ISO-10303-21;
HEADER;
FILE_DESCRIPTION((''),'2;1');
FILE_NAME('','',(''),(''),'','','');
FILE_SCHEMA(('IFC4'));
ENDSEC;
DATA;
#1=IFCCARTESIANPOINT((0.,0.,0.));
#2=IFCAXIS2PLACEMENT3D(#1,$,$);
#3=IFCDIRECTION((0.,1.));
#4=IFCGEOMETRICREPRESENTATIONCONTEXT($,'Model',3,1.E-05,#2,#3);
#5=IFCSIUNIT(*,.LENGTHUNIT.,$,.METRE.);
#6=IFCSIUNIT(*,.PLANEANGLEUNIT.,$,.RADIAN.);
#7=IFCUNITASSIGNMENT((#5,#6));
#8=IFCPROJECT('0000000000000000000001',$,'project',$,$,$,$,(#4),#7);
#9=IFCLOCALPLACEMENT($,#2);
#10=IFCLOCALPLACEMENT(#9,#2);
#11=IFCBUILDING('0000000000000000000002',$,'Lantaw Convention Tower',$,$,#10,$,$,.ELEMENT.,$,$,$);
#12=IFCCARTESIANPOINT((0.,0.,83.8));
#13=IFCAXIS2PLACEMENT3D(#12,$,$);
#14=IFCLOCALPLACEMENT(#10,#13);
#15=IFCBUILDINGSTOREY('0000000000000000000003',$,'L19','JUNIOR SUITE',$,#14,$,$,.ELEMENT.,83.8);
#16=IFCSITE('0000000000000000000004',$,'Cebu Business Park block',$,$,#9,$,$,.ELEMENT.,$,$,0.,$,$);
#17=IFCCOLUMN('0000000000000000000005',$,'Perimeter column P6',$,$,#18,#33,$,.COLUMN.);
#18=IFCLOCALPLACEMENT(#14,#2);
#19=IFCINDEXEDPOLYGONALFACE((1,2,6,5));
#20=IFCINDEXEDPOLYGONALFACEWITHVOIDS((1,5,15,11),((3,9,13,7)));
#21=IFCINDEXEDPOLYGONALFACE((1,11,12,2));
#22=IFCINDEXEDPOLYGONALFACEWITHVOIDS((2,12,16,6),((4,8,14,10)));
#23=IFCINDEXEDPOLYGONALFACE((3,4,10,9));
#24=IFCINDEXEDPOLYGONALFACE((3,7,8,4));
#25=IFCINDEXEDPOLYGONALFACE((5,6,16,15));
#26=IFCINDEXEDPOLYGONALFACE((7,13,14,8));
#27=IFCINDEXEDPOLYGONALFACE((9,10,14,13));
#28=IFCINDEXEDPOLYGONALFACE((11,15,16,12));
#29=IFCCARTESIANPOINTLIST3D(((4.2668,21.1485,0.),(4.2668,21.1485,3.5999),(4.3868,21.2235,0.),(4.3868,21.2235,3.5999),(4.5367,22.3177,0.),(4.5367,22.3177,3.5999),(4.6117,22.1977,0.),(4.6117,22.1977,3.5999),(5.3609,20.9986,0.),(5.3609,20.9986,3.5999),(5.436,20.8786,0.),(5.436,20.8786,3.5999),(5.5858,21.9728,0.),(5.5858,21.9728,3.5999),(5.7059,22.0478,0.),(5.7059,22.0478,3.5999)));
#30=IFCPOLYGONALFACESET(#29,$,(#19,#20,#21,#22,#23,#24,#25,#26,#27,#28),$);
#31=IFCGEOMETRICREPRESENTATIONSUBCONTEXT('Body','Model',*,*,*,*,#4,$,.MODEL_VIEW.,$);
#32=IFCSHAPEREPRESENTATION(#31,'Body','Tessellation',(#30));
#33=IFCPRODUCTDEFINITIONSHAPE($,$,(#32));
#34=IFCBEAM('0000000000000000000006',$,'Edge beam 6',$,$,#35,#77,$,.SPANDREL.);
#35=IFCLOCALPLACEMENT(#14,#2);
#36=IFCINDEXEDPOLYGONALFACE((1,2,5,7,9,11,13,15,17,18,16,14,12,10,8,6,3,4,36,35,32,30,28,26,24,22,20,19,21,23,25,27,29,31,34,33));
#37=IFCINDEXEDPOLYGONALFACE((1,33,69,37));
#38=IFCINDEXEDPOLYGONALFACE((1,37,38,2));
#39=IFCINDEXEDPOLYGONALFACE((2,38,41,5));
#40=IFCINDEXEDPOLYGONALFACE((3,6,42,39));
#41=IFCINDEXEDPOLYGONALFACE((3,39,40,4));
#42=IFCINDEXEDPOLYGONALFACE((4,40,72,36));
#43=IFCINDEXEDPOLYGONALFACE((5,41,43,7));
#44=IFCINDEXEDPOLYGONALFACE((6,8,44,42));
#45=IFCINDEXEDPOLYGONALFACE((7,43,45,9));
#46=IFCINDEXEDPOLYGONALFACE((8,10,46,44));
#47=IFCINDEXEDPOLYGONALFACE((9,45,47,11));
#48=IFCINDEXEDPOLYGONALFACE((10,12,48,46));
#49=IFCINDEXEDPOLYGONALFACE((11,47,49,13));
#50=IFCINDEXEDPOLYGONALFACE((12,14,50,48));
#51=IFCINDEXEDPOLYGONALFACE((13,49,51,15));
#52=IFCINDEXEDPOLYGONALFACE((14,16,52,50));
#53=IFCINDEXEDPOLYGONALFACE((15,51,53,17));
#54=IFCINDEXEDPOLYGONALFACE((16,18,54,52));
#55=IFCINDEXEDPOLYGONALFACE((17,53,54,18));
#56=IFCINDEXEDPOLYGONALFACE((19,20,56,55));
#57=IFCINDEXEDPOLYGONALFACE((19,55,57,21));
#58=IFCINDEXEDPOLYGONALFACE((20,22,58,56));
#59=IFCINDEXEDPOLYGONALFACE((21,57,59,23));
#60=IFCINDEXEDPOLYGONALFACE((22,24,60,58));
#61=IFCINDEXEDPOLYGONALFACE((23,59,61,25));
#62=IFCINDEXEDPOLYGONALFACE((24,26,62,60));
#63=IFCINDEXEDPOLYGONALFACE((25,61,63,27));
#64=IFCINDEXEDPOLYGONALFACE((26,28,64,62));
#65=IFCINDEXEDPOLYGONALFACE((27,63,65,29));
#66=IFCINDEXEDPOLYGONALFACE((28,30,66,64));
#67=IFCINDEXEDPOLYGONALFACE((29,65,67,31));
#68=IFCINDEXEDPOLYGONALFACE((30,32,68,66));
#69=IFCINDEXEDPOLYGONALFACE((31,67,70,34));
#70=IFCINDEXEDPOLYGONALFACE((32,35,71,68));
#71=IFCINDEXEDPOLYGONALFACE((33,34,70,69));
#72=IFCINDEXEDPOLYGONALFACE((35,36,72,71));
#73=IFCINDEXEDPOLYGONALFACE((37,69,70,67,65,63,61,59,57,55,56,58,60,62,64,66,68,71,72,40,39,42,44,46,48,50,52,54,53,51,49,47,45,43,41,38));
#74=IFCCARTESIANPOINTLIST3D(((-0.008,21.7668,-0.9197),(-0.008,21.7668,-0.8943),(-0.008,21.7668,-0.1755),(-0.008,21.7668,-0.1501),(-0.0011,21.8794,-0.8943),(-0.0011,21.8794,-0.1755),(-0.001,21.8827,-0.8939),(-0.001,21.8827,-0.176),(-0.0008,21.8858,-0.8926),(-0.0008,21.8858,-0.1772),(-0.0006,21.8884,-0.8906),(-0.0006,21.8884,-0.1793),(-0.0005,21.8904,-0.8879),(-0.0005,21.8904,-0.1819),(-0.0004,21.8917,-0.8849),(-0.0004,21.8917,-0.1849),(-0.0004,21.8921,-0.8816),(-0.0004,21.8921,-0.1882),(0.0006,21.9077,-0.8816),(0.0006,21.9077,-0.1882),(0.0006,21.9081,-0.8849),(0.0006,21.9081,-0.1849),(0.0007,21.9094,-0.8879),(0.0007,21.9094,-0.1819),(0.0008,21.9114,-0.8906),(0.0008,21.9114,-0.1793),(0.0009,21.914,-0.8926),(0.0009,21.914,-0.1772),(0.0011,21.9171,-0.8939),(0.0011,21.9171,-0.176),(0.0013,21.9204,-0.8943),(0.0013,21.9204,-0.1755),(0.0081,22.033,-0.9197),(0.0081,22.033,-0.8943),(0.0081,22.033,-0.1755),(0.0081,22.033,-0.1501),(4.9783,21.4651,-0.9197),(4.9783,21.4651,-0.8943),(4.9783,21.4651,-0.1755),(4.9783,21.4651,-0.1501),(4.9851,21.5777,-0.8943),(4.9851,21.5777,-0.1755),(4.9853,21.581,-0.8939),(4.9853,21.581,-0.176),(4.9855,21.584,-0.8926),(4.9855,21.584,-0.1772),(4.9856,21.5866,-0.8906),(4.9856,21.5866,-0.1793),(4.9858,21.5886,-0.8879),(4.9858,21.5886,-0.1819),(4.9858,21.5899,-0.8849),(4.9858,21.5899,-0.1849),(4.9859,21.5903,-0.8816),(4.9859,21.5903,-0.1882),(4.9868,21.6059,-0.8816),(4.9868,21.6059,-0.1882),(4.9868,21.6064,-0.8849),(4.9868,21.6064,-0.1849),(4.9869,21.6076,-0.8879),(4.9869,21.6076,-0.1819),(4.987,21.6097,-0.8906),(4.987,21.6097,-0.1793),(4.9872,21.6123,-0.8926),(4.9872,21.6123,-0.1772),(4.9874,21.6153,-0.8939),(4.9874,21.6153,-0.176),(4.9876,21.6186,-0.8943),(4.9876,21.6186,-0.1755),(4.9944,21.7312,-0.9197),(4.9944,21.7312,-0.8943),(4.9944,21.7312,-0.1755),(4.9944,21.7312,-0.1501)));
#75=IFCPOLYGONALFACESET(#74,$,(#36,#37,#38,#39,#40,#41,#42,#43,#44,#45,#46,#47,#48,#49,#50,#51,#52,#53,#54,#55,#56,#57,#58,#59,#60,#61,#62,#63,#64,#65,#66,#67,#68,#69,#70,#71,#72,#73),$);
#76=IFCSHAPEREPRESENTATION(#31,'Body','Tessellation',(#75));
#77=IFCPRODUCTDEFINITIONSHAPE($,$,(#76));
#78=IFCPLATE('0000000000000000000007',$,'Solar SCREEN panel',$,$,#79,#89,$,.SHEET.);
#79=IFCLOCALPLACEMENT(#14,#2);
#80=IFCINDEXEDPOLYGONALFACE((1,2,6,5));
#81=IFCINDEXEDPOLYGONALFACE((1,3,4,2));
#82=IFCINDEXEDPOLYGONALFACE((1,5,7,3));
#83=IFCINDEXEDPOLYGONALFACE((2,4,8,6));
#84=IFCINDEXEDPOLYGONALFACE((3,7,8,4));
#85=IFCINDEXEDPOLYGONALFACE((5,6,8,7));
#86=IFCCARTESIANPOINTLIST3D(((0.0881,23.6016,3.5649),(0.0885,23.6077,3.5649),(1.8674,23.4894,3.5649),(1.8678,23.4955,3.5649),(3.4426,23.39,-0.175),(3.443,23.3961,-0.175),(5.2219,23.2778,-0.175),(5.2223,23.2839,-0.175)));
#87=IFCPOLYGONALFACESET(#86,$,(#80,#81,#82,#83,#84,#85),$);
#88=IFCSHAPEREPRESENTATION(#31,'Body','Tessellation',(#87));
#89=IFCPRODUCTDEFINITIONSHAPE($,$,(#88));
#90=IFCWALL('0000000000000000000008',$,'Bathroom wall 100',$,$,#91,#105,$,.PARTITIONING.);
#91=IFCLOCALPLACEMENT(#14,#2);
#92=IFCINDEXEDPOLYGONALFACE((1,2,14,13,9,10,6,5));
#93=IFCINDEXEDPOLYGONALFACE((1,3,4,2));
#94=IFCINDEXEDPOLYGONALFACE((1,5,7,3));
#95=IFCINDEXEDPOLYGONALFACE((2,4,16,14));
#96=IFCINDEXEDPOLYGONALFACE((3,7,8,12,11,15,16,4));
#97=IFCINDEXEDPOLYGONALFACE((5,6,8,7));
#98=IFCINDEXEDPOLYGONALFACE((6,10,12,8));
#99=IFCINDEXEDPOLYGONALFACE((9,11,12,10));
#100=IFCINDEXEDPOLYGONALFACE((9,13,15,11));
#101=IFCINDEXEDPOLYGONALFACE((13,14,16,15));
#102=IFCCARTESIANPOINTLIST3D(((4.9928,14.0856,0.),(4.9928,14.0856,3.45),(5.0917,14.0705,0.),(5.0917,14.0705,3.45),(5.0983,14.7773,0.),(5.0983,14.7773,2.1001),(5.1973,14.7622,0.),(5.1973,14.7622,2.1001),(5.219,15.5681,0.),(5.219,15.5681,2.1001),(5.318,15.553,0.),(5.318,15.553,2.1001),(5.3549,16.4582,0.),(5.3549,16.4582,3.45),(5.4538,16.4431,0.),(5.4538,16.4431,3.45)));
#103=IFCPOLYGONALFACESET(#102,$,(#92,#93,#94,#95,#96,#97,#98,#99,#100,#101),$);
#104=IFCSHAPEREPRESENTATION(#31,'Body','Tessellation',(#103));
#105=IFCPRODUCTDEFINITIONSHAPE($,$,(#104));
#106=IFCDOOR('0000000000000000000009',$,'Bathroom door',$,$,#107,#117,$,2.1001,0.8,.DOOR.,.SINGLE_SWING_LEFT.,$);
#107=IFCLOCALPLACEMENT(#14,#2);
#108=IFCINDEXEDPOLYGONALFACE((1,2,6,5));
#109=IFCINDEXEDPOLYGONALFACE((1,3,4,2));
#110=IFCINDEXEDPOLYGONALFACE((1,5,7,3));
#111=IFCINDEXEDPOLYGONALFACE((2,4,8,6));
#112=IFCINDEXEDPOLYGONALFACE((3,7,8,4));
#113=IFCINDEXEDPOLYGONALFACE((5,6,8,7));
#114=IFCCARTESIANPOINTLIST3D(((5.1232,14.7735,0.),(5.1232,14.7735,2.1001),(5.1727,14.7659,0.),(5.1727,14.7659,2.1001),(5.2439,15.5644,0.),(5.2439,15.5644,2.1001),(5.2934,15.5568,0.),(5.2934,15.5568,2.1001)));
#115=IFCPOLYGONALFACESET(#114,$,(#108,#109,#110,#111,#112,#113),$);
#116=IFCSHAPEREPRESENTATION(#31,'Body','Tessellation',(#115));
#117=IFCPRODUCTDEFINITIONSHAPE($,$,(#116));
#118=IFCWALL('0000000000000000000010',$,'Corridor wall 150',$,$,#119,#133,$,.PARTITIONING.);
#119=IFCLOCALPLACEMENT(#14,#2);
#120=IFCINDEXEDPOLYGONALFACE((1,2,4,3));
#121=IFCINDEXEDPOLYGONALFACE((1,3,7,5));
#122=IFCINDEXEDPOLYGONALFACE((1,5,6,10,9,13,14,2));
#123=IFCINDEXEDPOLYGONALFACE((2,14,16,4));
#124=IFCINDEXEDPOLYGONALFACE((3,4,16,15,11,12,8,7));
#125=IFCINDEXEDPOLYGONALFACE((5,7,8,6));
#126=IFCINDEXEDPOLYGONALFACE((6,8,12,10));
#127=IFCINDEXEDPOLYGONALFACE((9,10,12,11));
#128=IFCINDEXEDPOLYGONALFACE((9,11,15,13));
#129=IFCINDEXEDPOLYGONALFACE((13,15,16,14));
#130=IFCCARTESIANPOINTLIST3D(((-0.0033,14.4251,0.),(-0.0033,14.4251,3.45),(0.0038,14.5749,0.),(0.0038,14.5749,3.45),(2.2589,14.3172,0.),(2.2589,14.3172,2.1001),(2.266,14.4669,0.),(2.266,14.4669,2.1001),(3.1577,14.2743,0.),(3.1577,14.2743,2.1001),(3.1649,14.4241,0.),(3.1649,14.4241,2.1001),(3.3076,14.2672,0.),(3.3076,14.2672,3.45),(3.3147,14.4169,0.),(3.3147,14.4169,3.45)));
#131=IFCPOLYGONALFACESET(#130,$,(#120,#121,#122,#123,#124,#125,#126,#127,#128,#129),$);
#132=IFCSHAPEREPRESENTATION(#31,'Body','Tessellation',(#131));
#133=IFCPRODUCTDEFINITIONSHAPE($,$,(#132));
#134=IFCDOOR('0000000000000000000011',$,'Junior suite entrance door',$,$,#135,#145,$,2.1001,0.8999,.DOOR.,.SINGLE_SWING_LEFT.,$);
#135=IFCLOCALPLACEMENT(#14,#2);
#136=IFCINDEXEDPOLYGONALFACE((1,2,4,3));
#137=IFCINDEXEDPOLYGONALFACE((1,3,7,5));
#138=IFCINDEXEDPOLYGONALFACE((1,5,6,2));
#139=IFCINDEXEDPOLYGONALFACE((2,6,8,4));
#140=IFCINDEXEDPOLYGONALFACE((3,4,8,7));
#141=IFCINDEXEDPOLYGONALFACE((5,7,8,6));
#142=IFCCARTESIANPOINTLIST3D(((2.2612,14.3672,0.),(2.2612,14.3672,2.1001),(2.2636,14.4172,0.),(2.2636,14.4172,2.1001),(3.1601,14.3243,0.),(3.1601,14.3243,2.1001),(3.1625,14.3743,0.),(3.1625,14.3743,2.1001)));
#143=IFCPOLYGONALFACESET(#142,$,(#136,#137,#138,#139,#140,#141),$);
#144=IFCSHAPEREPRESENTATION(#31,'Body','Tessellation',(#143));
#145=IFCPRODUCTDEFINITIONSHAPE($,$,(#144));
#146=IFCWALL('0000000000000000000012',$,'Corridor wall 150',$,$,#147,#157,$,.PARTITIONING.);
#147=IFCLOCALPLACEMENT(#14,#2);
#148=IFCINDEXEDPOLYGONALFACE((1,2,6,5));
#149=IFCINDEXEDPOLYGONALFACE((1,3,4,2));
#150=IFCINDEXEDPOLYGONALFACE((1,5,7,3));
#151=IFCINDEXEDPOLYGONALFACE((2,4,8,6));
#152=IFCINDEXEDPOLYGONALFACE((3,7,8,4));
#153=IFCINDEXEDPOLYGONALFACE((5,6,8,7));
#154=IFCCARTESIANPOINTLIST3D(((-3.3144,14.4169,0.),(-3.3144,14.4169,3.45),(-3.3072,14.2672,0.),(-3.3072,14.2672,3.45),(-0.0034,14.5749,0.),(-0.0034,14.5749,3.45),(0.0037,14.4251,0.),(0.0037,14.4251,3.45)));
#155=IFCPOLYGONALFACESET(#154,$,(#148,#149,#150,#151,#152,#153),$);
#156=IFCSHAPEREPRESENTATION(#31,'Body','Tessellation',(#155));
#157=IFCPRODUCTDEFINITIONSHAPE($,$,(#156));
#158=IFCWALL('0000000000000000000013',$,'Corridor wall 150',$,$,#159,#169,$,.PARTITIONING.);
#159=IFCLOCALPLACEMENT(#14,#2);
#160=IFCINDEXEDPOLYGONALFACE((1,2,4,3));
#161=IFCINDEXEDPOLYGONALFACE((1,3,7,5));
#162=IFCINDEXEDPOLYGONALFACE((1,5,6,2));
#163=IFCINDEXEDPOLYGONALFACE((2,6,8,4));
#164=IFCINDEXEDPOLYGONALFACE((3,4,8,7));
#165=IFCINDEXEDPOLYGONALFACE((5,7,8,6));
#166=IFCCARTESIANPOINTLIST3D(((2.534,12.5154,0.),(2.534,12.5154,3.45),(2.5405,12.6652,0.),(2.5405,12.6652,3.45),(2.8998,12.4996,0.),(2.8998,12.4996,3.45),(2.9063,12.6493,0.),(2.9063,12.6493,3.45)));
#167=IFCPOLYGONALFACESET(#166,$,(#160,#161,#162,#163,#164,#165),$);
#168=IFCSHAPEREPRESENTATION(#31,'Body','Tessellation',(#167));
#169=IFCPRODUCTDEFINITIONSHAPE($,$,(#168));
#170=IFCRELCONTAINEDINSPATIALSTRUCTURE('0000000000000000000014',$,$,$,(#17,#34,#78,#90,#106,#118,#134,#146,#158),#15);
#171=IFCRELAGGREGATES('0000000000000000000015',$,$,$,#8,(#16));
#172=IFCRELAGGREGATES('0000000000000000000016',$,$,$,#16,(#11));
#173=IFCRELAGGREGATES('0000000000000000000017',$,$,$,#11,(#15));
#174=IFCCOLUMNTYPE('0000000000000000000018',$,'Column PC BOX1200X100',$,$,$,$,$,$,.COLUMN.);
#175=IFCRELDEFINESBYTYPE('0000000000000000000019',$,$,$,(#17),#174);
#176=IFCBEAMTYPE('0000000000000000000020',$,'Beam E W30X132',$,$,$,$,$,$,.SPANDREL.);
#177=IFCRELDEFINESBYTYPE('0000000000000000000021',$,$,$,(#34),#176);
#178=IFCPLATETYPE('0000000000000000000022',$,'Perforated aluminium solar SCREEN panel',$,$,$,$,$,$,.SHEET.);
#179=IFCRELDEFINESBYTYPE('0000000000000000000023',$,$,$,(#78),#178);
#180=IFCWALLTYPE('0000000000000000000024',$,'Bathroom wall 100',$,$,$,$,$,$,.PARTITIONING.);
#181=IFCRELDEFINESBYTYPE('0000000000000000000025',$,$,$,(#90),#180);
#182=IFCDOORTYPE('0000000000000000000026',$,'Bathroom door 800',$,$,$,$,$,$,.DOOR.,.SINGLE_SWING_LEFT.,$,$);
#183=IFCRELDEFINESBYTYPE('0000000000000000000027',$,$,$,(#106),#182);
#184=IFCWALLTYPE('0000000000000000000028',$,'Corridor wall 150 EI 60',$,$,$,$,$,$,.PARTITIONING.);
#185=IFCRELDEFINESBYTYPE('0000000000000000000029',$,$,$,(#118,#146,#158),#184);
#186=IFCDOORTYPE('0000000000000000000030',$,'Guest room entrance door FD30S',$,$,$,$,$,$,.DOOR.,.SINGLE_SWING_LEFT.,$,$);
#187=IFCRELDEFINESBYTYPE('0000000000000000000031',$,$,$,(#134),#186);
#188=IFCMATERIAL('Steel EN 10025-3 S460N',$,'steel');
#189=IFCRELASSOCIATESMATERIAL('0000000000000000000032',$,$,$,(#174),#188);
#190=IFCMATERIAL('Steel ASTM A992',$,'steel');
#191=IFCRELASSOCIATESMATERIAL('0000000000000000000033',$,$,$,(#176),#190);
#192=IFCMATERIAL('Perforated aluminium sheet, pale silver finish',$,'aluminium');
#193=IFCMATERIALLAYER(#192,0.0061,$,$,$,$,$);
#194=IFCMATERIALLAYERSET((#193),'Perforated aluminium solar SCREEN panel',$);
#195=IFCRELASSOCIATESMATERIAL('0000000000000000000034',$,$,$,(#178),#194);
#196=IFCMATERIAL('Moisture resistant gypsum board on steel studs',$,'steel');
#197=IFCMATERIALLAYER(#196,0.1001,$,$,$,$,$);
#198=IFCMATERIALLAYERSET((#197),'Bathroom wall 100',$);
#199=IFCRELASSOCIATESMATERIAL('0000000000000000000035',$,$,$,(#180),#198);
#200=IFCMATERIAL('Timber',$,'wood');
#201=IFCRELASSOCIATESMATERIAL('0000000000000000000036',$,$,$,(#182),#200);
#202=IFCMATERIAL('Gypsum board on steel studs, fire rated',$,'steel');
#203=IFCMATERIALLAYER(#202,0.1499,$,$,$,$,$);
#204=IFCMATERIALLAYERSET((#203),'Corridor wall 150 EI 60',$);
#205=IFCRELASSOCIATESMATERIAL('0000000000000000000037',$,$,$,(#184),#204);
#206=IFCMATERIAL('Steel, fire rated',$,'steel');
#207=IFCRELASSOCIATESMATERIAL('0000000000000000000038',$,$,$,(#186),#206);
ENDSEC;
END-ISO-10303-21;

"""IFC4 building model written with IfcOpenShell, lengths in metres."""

from ifc_helpers import new_model, si_unit, direction, frame, frame_2d, origin, origin_2d, place, context, subcontext, project, spatial, polyline, rectangle, hollow_rectangle, i_section, outline, extrude, material, layer, layer_set, material_profile, profile_set, type_object, element, fill, save


model = new_model("IFC4")

# Units and contexts
model_context = context("Model", 3, precision=1e-05, world=origin(), true_north=direction((0.0, 1.0)))
body_context = subcontext(model_context, "Body", "Model", "MODEL_VIEW")
ifc_project = project(units=[si_unit("LENGTHUNIT", "METRE"), si_unit("PLANEANGLEUNIT", "RADIAN")], contexts=[model_context])

# Site, building, storey
site_placement = place(None, origin())
site = spatial("IfcSite", under=ifc_project, at=site_placement, Name="Cebu Business Park block", CompositionType="ELEMENT", RefElevation=0.0)
building_placement = place(site_placement, origin())
building = spatial("IfcBuilding", under=site, at=building_placement, Name="Lantaw Convention Tower", CompositionType="ELEMENT")
storey_placement = place(building_placement, frame((0.0, 0.0, 83.8)))
storey = spatial("IfcBuildingStorey", under=building, at=storey_placement, Name="L19", Description="JUNIOR SUITE", CompositionType="ELEMENT", Elevation=83.8)

# Column
ifc_material_1 = material(Name="Steel EN 10025-3 S460N", Category="steel")
ifc_material_profile_1 = material_profile(ifc_material_1, hollow_rectangle(XDim=1.2, YDim=1.2, WallThickness=0.1001, at=origin_2d()), Name="BOX1200X100")
ifc_material_2 = material(Name="Concrete C60/75", Category="concrete")
ifc_material_profile_2 = material_profile(ifc_material_2, rectangle(XDim=1.0, YDim=1.0, at=origin_2d()), Name="Concrete fill of BOX1200X100")
ifc_profile_set_1 = profile_set([ifc_material_profile_1, ifc_material_profile_2], Name="Steel EN 10025-3 S460N")
column_type = type_object("IfcColumnType", Name="Column PC BOX1200X100", PredefinedType="COLUMN", material=ifc_profile_set_1)
column_placement = place(storey_placement, frame((4.9863, 21.5981, 0.0), z_axis=(0.0, 0.0, 1.0), x_axis=(0.224951, 0.97437, 0.0)))
element("IfcColumn", 1, at=column_placement, inside=storey, type_object=column_type, Name="Perimeter column P6", PredefinedType="COLUMN", context=body_context, shape_type="SweptSolid", body=[
    extrude(hollow_rectangle(XDim=1.2, YDim=1.2, WallThickness=0.1001, at=origin_2d()), origin(), (0.0, 0.0, 1.0), 3.5999),
])

# Beam
ifc_material_3 = material(Name="Steel ASTM A992", Category="steel")
ifc_material_profile_3 = material_profile(ifc_material_3, i_section(OverallWidth=0.2666, OverallDepth=0.7695, WebThickness=0.0156, FlangeThickness=0.0254, FilletRadius=0.0127, at=origin_2d()), Name="W30X132")
ifc_profile_set_2 = profile_set([ifc_material_profile_3], Name="Steel ASTM A992")
beam_type = type_object("IfcBeamType", Name="Beam E W30X132", PredefinedType="SPANDREL", material=ifc_profile_set_2)
beam_placement = place(storey_placement, frame((4.9863, 21.5981, -0.5349), z_axis=(-0.998174, 0.060407, 0.0), x_axis=(-0.060407, -0.998174, 0.0)))
element("IfcBeam", 2, at=beam_placement, inside=storey, type_object=beam_type, Name="Edge beam 6", PredefinedType="SPANDREL", context=body_context, shape_type="SweptSolid", body=[
    extrude(i_section(OverallWidth=0.2666, OverallDepth=0.7695, WebThickness=0.0156, FlangeThickness=0.0254, FilletRadius=0.0127, at=origin_2d()), origin(), (0.0, 0.0, 1.0), 4.9954),
])

# Plate
ifc_material_4 = material(Name="Perforated aluminium sheet, pale silver finish", Category="aluminium")
ifc_layer_1 = layer(ifc_material_4, 0.0061)
ifc_layer_set_1 = layer_set([ifc_layer_1], Name="Perforated aluminium solar SCREEN panel")
plate_type = type_object("IfcPlateType", Name="Perforated aluminium solar SCREEN panel", PredefinedType="SHEET", material=ifc_layer_set_1)
plate_placement = place(storey_placement, frame((5.2219, 23.2778, -0.175), z_axis=(-0.062924, -0.998018, 0.000014), x_axis=(-0.998018, 0.062924, 0.0)))
element("IfcPlate", 3, at=plate_placement, inside=storey, type_object=plate_type, Name="Solar SCREEN panel", PredefinedType="SHEET", context=body_context, shape_type="SweptSolid", body=[
    extrude(outline(polyline([(0.0, 0.0), (1.7828, 0.0), (5.144, -3.74), (3.3612, -3.74), (0.0, 0.0)])), origin(), (0.0, 0.0, -1.0), 0.0061),
])

# Walls, openings, doors
ifc_material_5 = material(Name="Moisture resistant gypsum board on steel studs", Category="steel")
ifc_layer_2 = layer(ifc_material_5, 0.1001)
ifc_layer_set_2 = layer_set([ifc_layer_2], Name="Bathroom wall 100")
wall_type_1 = type_object("IfcWallType", Name="Bathroom wall 100", PredefinedType="PARTITIONING", material=ifc_layer_set_2)
wall_1_placement = place(storey_placement, frame((5.0422, 14.0779, 0.0), z_axis=(0.0, 0.0, 1.0), x_axis=(0.150857, 0.988556, 0.0)))
wall_1 = element("IfcWall", 4, at=wall_1_placement, inside=storey, type_object=wall_type_1, Name="Bathroom wall 100", PredefinedType="PARTITIONING", context=body_context, shape_type="SweptSolid", body=[
    extrude(rectangle(XDim=2.4001, YDim=0.1001, at=frame_2d((1.2002, 0.0))), origin(), (0.0, 0.0, 1.0), 3.45),
])
opening_1_placement = place(wall_1_placement, frame((0.7, 0.0, 0.0)))
opening_1 = element("IfcOpeningElement", 5, at=opening_1_placement, cuts=wall_1, PredefinedType="OPENING", context=body_context, shape_type="SweptSolid", body=[
    extrude(rectangle(XDim=0.8, YDim=2.1001, at=frame_2d((0.3999, 1.05))), frame((0.0, 0.0601, 0.0), z_axis=(0.0, -1.0, 0.0), x_axis=(1.0, 0.0, 0.0)), (0.0, 0.0, 1.0), 0.1201),
])
ifc_material_6 = material(Name="Timber", Category="wood")
door_type_1 = type_object("IfcDoorType", Name="Bathroom door 800", OperationType="SINGLE_SWING_LEFT", PredefinedType="DOOR", material=ifc_material_6)
door_1_placement = place(opening_1_placement, origin())
door_1 = element("IfcDoor", 6, at=door_1_placement, inside=storey, type_object=door_type_1, Name="Bathroom door", OperationType="SINGLE_SWING_LEFT", OverallHeight=2.1001, OverallWidth=0.8, PredefinedType="DOOR", context=body_context, shape_type="SweptSolid", body=[
    extrude(rectangle(XDim=0.8, YDim=2.1001, at=frame_2d((0.3999, 1.05))), frame((0.0, 0.0249, 0.0), z_axis=(0.0, -1.0, 0.0), x_axis=(1.0, 0.0, 0.0)), (0.0, 0.0, 1.0), 0.05),
])
fill(opening_1, door_1)
ifc_material_7 = material(Name="Gypsum board on steel studs, fire rated", Category="steel")
ifc_layer_3 = layer(ifc_material_7, 0.1499)
ifc_layer_set_3 = layer_set([ifc_layer_3], Name="Corridor wall 150 EI 60")
wall_type_2 = type_object("IfcWallType", Name="Corridor wall 150 EI 60", PredefinedType="PARTITIONING", material=ifc_layer_set_3)
wall_2_placement = place(storey_placement, frame((3.311, 14.342, 0.0), z_axis=(0.0, 0.0, 1.0), x_axis=(-0.998864, 0.047653, 0.0)))
wall_2 = element("IfcWall", 7, at=wall_2_placement, inside=storey, type_object=wall_type_2, Name="Corridor wall 150", PredefinedType="PARTITIONING", context=body_context, shape_type="SweptSolid", body=[
    extrude(rectangle(XDim=3.3147, YDim=0.1499, at=frame_2d((1.6572, 0.0))), origin(), (0.0, 0.0, 1.0), 3.45),
])
opening_2_placement = place(wall_2_placement, frame((0.1499, 0.0, 0.0)))
opening_2 = element("IfcOpeningElement", 8, at=opening_2_placement, cuts=wall_2, PredefinedType="OPENING", context=body_context, shape_type="SweptSolid", body=[
    extrude(rectangle(XDim=0.8999, YDim=2.1001, at=frame_2d((0.45, 1.05))), frame((0.0, 0.085, 0.0), z_axis=(0.0, -1.0, 0.0), x_axis=(1.0, 0.0, 0.0)), (0.0, 0.0, 1.0), 0.1699),
])
ifc_material_8 = material(Name="Steel, fire rated", Category="steel")
door_type_2 = type_object("IfcDoorType", Name="Guest room entrance door FD30S", OperationType="SINGLE_SWING_LEFT", PredefinedType="DOOR", material=ifc_material_8)
door_2_placement = place(opening_2_placement, origin())
door_2 = element("IfcDoor", 9, at=door_2_placement, inside=storey, type_object=door_type_2, Name="Junior suite entrance door", OperationType="SINGLE_SWING_LEFT", OverallHeight=2.1001, OverallWidth=0.8999, PredefinedType="DOOR", context=body_context, shape_type="SweptSolid", body=[
    extrude(rectangle(XDim=0.8999, YDim=2.1001, at=frame_2d((0.45, 1.05))), frame((0.0, 0.0249, 0.0), z_axis=(0.0, -1.0, 0.0), x_axis=(1.0, 0.0, 0.0)), (0.0, 0.0, 1.0), 0.05),
])
fill(opening_2, door_2)

# Walls
wall_3_placement = place(storey_placement, frame((0.0, 14.5, 0.0), z_axis=(0.0, 0.0, 1.0), x_axis=(-0.998864, -0.047653, 0.0)))
element("IfcWall", 10, at=wall_3_placement, inside=storey, type_object=wall_type_2, Name="Corridor wall 150", PredefinedType="PARTITIONING", context=body_context, shape_type="SweptSolid", body=[
    extrude(rectangle(XDim=3.3147, YDim=0.1499, at=frame_2d((1.6572, 0.0))), origin(), (0.0, 0.0, 1.0), 3.45),
])
wall_4_placement = place(storey_placement, frame((2.9031, 12.5745, 0.0), z_axis=(0.0, 0.0, 1.0), x_axis=(-0.999061, 0.043322, 0.0)))
element("IfcWall", 11, at=wall_4_placement, inside=storey, type_object=wall_type_2, Name="Corridor wall 150", PredefinedType="PARTITIONING", context=body_context, shape_type="SweptSolid", body=[
    extrude(rectangle(XDim=0.3662, YDim=0.1499, at=frame_2d((0.1831, 0.0))), origin(), (0.0, 0.0, 1.0), 3.45),
])

save(model, "model.ifc")
